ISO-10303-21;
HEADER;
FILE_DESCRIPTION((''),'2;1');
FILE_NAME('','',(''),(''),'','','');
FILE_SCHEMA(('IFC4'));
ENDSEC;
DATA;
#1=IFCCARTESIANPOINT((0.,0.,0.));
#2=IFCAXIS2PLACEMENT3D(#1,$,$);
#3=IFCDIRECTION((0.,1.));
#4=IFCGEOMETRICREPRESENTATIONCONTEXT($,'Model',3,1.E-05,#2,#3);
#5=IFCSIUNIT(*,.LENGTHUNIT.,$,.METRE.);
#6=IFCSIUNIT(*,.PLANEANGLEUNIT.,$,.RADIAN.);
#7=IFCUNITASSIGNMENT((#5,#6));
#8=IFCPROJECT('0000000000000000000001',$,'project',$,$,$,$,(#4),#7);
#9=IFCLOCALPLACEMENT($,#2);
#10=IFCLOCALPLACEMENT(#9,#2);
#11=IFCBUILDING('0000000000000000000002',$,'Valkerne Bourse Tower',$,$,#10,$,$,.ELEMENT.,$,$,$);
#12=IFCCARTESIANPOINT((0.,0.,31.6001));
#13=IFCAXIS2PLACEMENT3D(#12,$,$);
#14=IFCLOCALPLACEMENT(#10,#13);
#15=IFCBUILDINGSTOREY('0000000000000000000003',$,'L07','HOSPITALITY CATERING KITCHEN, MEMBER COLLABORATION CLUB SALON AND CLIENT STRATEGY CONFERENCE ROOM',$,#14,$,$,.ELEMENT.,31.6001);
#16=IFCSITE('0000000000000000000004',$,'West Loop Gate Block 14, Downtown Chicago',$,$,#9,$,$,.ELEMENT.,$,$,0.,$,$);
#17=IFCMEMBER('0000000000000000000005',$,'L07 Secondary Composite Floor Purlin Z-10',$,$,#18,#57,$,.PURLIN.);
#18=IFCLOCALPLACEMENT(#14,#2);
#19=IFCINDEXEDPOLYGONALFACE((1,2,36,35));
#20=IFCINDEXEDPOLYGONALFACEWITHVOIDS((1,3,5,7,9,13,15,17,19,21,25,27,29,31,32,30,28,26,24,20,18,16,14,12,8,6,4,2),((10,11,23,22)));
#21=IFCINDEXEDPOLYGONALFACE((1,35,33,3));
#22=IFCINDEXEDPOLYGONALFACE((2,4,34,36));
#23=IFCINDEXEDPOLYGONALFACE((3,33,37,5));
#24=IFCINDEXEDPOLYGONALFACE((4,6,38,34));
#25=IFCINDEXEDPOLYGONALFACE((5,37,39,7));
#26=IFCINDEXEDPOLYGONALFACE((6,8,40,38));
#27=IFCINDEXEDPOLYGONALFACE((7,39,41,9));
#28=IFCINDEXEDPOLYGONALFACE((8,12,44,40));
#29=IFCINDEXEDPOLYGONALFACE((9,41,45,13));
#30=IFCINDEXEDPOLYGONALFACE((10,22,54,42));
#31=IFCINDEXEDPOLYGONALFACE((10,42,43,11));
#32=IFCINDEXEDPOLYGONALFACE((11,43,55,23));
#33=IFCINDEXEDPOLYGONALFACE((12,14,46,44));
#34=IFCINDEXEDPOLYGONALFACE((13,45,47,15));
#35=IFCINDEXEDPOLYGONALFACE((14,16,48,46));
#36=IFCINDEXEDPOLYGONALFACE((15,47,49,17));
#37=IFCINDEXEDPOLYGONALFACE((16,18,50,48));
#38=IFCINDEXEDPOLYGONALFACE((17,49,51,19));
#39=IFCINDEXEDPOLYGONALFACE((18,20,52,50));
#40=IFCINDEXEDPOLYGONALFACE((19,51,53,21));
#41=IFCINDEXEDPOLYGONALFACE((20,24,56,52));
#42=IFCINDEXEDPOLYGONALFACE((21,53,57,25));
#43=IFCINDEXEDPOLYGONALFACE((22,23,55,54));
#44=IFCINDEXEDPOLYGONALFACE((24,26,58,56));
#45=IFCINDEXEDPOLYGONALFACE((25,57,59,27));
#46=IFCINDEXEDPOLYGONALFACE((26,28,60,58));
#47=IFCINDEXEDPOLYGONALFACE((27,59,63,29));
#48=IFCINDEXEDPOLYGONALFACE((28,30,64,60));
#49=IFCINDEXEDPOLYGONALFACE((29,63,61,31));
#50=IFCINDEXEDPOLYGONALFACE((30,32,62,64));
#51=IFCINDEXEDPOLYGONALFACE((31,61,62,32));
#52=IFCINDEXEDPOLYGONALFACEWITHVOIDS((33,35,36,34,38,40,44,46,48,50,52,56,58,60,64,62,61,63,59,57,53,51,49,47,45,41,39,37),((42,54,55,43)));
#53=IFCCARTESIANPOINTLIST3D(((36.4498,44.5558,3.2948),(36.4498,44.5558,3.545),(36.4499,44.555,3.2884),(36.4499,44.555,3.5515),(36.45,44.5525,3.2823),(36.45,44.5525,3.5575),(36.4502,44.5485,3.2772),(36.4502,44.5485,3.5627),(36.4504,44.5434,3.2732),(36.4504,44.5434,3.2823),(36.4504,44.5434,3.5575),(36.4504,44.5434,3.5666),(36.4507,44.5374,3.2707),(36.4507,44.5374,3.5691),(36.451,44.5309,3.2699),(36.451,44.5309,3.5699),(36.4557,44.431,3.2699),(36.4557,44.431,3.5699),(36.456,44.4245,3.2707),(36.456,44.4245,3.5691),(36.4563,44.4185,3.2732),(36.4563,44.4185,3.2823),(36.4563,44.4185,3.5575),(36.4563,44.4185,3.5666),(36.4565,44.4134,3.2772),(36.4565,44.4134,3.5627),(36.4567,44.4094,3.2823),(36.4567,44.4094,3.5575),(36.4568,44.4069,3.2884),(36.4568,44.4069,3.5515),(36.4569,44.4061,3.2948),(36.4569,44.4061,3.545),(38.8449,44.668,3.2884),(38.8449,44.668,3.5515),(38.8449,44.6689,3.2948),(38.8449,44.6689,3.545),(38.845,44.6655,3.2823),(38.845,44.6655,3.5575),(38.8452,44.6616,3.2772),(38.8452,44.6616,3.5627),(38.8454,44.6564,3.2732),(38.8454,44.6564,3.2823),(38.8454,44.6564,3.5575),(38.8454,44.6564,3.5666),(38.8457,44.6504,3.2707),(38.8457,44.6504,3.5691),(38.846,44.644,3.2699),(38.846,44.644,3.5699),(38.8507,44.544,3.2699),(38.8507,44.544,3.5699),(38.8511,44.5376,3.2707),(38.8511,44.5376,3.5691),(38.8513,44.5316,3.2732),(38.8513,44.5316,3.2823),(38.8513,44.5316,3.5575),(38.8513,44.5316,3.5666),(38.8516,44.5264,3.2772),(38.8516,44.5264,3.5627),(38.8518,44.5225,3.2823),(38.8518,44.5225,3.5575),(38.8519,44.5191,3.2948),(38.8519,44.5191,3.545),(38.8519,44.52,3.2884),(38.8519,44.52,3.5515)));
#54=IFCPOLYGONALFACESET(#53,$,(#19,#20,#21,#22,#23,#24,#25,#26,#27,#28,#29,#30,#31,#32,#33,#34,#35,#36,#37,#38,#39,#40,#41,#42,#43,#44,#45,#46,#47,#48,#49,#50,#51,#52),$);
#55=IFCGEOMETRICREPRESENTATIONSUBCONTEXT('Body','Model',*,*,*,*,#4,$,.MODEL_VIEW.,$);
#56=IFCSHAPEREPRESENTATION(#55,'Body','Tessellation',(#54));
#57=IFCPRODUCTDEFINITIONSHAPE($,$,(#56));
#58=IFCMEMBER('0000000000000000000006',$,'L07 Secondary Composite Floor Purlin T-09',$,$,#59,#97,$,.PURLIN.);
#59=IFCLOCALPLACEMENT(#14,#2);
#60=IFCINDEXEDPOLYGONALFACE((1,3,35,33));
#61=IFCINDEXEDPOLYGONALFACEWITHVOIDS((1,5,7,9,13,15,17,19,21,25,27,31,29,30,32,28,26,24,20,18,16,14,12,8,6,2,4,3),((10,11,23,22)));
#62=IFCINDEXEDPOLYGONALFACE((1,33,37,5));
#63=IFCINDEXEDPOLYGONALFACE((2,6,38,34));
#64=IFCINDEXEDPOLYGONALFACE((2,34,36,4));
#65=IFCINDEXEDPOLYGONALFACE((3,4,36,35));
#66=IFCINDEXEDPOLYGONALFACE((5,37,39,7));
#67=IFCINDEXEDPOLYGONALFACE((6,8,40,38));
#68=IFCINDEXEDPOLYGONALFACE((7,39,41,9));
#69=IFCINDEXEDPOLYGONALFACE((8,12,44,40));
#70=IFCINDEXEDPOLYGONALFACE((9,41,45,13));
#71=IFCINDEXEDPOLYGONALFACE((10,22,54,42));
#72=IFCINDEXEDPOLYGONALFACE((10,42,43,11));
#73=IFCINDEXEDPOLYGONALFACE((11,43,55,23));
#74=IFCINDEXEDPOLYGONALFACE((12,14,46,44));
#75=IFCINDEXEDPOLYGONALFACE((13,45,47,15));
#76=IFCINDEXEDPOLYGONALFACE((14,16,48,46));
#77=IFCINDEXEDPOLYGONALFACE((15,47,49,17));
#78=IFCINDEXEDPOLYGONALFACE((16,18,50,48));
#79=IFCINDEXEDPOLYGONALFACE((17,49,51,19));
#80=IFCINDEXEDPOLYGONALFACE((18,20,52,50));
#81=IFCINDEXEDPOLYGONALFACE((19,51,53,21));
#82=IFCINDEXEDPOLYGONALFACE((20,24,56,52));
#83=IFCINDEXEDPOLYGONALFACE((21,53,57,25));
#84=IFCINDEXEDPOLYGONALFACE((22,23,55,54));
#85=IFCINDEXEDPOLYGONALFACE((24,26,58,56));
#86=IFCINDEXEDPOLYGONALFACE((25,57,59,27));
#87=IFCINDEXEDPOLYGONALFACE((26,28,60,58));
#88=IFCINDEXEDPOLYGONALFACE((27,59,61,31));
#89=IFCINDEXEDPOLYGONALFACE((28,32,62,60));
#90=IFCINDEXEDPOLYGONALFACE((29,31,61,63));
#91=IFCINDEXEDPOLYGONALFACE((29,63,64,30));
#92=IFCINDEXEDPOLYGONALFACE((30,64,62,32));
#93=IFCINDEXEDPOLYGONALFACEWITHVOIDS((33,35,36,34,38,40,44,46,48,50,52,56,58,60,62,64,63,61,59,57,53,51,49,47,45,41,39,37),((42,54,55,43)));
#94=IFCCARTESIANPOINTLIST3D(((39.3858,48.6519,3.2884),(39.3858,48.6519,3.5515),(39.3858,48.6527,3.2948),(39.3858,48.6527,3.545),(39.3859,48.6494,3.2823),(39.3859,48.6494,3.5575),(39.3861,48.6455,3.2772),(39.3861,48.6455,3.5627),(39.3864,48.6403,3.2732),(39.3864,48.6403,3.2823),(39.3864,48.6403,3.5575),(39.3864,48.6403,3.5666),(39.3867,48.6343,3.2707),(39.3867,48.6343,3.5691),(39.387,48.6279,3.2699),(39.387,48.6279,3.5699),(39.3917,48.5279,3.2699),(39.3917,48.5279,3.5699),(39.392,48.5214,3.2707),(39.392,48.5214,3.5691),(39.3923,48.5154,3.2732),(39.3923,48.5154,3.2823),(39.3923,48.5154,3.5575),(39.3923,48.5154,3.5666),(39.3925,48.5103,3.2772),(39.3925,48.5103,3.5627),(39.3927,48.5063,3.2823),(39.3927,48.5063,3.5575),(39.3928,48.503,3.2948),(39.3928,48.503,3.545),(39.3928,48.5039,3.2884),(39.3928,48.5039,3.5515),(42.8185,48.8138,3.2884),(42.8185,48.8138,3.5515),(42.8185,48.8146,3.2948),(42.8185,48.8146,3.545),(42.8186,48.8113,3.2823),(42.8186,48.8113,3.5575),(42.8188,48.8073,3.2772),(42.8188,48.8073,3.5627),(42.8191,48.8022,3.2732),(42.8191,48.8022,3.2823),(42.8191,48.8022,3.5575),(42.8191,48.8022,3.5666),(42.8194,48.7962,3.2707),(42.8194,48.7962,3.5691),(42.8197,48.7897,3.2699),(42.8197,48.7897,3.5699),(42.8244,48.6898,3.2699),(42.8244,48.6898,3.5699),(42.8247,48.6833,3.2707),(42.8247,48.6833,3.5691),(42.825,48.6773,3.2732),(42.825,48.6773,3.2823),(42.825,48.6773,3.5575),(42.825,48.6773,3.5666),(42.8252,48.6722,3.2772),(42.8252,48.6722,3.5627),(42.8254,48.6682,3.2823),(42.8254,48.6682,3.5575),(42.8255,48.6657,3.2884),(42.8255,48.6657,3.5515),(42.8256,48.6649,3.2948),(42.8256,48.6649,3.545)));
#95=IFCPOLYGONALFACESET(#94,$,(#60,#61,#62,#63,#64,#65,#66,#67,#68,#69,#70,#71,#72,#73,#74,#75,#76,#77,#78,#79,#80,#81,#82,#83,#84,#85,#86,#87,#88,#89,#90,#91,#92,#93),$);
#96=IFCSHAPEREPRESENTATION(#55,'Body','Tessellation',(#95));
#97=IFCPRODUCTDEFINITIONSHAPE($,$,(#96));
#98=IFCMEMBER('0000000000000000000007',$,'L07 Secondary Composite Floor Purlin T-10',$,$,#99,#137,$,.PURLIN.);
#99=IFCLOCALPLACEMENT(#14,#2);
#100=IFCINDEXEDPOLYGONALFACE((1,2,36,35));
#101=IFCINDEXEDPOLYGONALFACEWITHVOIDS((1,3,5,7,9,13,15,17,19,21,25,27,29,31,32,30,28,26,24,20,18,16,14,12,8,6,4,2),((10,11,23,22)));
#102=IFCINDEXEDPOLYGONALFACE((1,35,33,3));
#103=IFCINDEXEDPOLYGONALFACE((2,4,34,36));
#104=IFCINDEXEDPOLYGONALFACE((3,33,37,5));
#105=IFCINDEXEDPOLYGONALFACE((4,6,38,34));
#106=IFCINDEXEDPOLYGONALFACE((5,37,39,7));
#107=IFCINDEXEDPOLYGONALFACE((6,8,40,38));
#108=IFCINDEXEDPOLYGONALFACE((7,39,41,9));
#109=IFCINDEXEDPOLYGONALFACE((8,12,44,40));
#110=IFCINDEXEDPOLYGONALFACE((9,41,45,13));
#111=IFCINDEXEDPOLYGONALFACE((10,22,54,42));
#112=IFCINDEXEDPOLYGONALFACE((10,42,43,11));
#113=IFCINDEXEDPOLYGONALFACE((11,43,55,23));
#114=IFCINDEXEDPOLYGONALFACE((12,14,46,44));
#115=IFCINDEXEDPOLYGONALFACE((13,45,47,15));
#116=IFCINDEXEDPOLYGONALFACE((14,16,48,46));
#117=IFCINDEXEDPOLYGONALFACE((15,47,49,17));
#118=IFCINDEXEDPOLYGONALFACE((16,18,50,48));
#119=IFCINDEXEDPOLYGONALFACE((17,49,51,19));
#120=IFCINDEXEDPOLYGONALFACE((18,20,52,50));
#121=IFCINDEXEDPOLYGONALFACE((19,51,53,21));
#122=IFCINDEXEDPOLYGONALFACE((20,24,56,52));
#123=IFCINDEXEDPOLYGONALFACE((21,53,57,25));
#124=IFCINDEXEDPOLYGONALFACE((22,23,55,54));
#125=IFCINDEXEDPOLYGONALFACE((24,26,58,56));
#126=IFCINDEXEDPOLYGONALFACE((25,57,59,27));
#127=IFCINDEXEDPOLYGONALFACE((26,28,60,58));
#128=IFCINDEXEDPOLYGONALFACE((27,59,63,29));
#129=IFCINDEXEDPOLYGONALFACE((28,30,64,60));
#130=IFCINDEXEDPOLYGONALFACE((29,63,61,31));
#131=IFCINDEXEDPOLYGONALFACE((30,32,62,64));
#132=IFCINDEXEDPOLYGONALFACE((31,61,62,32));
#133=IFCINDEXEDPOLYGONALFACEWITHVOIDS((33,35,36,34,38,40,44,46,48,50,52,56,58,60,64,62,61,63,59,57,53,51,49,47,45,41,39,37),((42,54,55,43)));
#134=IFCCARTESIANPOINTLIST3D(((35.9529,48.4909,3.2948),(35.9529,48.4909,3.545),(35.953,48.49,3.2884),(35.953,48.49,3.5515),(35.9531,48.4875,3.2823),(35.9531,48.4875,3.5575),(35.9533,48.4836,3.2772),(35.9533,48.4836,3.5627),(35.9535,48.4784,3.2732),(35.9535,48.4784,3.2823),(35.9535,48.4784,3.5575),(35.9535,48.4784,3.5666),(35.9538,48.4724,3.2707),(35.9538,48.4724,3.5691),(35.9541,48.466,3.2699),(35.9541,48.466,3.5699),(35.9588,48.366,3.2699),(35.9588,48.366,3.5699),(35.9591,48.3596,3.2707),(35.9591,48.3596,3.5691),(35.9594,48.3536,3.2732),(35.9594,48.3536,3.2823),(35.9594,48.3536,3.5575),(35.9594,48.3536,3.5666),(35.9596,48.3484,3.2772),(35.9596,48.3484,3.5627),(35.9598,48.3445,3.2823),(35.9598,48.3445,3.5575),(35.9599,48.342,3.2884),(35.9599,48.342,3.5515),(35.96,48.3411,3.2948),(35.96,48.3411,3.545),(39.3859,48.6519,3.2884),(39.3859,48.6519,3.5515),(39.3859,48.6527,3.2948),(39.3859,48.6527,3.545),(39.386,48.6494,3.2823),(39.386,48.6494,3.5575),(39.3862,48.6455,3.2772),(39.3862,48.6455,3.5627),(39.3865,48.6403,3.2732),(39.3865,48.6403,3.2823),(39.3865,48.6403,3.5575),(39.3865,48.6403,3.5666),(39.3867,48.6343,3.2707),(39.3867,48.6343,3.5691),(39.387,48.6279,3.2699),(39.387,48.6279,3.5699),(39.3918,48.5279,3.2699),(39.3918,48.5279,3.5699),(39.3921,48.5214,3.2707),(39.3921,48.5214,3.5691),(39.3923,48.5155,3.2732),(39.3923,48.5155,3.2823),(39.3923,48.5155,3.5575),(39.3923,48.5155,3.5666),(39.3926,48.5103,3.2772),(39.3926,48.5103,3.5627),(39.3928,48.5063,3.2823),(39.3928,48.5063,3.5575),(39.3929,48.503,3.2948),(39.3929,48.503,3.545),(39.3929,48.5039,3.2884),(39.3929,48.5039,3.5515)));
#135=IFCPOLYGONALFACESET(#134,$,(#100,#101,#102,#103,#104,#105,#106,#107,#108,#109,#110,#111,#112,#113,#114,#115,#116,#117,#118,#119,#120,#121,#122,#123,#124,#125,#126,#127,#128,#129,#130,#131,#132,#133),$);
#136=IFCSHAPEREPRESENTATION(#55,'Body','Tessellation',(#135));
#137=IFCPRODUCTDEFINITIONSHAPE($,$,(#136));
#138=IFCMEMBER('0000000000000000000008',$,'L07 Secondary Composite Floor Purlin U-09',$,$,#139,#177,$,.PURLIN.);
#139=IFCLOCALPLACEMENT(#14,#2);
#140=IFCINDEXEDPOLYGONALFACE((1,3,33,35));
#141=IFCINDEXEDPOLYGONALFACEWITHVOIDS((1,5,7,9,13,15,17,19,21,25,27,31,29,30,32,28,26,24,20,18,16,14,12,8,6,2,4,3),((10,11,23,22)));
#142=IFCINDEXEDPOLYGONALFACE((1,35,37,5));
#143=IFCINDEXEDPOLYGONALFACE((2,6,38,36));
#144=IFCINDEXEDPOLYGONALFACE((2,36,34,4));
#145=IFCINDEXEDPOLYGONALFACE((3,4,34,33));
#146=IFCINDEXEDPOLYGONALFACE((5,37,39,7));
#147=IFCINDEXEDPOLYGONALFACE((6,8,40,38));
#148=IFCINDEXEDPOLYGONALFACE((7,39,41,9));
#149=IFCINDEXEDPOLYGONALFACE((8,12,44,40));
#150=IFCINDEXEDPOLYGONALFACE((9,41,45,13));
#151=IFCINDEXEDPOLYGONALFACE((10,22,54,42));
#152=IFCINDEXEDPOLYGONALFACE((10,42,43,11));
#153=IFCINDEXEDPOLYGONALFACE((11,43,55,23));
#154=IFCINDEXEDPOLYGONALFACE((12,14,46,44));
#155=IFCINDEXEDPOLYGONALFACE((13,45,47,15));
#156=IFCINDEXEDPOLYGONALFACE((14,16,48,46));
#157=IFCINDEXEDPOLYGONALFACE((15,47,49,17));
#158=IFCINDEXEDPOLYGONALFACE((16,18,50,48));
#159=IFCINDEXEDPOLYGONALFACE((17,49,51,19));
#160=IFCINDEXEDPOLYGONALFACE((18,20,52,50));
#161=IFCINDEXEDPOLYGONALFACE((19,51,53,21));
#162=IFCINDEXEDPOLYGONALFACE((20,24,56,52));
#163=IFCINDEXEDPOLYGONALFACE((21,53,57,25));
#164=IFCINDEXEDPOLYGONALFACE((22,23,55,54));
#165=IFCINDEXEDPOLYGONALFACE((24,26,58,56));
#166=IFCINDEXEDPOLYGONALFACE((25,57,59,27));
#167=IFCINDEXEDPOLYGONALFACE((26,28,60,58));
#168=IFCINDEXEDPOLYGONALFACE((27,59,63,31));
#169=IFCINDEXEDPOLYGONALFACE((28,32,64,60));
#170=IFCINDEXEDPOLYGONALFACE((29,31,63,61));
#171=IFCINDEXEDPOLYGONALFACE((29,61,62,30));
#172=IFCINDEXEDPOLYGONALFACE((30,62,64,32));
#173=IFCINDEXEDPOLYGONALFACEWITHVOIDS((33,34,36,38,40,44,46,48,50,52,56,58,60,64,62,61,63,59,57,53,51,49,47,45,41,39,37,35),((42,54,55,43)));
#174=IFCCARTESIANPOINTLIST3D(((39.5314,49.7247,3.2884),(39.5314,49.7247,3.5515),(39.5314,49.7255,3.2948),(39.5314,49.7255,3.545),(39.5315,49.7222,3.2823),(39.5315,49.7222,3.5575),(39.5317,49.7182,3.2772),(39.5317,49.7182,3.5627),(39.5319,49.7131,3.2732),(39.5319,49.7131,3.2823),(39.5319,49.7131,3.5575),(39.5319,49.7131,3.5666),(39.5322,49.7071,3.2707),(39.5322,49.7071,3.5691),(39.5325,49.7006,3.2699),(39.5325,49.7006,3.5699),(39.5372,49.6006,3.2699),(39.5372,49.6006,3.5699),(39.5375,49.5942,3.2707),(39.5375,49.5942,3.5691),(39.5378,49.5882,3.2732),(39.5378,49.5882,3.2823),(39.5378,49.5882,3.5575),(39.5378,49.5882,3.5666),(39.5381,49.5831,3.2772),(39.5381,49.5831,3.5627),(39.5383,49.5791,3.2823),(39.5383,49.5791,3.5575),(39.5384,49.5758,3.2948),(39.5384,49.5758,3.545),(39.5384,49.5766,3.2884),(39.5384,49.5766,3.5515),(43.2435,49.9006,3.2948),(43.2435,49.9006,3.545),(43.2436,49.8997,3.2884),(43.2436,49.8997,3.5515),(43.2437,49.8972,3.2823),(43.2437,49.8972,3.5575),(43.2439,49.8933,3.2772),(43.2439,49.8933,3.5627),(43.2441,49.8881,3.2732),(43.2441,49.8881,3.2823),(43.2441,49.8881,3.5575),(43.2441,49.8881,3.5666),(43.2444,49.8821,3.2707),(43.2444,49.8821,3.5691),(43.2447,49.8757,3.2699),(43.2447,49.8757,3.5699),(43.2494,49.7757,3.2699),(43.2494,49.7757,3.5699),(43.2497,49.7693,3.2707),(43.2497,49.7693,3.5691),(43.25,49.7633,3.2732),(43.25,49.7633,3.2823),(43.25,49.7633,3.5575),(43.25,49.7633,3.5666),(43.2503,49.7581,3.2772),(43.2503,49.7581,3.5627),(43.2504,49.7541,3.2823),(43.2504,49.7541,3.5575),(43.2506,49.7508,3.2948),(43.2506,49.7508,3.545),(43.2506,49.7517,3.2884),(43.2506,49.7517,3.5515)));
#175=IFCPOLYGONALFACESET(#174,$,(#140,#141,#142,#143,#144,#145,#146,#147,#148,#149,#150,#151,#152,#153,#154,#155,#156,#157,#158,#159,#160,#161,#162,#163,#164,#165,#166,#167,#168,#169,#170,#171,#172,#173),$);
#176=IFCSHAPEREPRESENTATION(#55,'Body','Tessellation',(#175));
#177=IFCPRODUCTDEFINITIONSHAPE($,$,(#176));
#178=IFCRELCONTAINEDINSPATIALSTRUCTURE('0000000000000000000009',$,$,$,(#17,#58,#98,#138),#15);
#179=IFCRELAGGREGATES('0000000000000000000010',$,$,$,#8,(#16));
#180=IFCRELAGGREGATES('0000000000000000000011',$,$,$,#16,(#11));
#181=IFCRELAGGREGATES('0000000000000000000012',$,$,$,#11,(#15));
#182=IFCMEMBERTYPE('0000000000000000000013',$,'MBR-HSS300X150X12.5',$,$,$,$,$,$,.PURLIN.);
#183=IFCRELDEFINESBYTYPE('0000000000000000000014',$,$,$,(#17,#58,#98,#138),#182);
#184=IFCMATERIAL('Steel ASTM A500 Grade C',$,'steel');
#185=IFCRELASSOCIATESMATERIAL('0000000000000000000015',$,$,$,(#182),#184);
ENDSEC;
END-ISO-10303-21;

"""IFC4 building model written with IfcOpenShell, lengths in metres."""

from ifc_helpers import new_model, si_unit, direction, frame, origin, origin_2d, place, context, subcontext, project, spatial, hollow_rectangle, extrude, material, material_profile, profile_set, type_object, element, save


model = new_model("IFC4")

# Units and contexts
model_context = context("Model", 3, precision=1e-05, world=origin(), true_north=direction((0.0, 1.0)))
body_context = subcontext(model_context, "Body", "Model", "MODEL_VIEW")
ifc_project = project(units=[si_unit("LENGTHUNIT", "METRE"), si_unit("PLANEANGLEUNIT", "RADIAN")], contexts=[model_context])

# Site, building, storey
site_placement = place(None, origin())
site = spatial("IfcSite", under=ifc_project, at=site_placement, Name="West Loop Gate Block 14, Downtown Chicago", CompositionType="ELEMENT", RefElevation=0.0)
building_placement = place(site_placement, origin())
building = spatial("IfcBuilding", under=site, at=building_placement, Name="Valkerne Bourse Tower", CompositionType="ELEMENT")
storey_placement = place(building_placement, frame((0.0, 0.0, 31.6001)))
storey = spatial("IfcBuildingStorey", under=building, at=storey_placement, Name="L07", Description="HOSPITALITY CATERING KITCHEN, MEMBER COLLABORATION CLUB SALON AND CLIENT STRATEGY CONFERENCE ROOM", CompositionType="ELEMENT", Elevation=31.6001)

# Members
ifc_material_1 = material(Name="Steel ASTM A500 Grade C", Category="steel")
ifc_material_profile_1 = material_profile(ifc_material_1, hollow_rectangle(XDim=0.1499, YDim=0.3, WallThickness=0.0125, OuterFilletRadius=0.0249, at=origin_2d()), Name="HSS300X150X12.5")
ifc_profile_set_1 = profile_set([ifc_material_profile_1], Name="Steel ASTM A500 Grade C")
member_type_1 = type_object("IfcMemberType", Name="MBR-HSS300X150X12.5", PredefinedType="PURLIN", material=ifc_profile_set_1)
for number, where, z_axis, x_axis, name in (
    (1, (38.8484, 44.594, 3.4199), (-0.998888, -0.047144, 0.0), (0.047144, -0.998888, 0.0), "L07 Secondary Composite Floor Purlin Z-10"),
):
    element("IfcMember", number, at=place(storey_placement, frame(where, z_axis=z_axis, x_axis=x_axis)), inside=storey, type_object=member_type_1, Name=name, PredefinedType="PURLIN", context=body_context, shape_type="SweptSolid", body=[
        extrude(hollow_rectangle(XDim=0.1499, YDim=0.3, WallThickness=0.0125, OuterFilletRadius=0.0249, at=origin_2d()), origin(), (0.0, 0.0, 1.0), 2.3977),
    ])
member_1_placement = place(storey_placement, frame((42.822, 48.7397, 3.4199), z_axis=(-0.99889, -0.047103, 0.0), x_axis=(0.047103, -0.99889, 0.0)))
element("IfcMember", 2, at=member_1_placement, inside=storey, type_object=member_type_1, Name="L07 Secondary Composite Floor Purlin T-09", PredefinedType="PURLIN", context=body_context, shape_type="SweptSolid", body=[
    extrude(hollow_rectangle(XDim=0.1499, YDim=0.3, WallThickness=0.0125, OuterFilletRadius=0.0249, at=origin_2d()), origin(), (0.0, 0.0, 1.0), 3.4365),
])
member_2_placement = place(storey_placement, frame((39.3894, 48.5779, 3.4199), z_axis=(-0.99889, -0.047099, 0.0), x_axis=(0.047099, -0.99889, 0.0)))
element("IfcMember", 3, at=member_2_placement, inside=storey, type_object=member_type_1, Name="L07 Secondary Composite Floor Purlin T-10", PredefinedType="PURLIN", context=body_context, shape_type="SweptSolid", body=[
    extrude(hollow_rectangle(XDim=0.1499, YDim=0.3, WallThickness=0.0125, OuterFilletRadius=0.0249, at=origin_2d()), origin(), (0.0, 0.0, 1.0), 3.4368),
])
for number, where, z_axis, x_axis, name in (
    (4, (43.2471, 49.8257, 3.4199), (-0.99889, -0.047103, 0.0), (0.047103, -0.99889, 0.0), "L07 Secondary Composite Floor Purlin U-09"),
):
    element("IfcMember", number, at=place(storey_placement, frame(where, z_axis=z_axis, x_axis=x_axis)), inside=storey, type_object=member_type_1, Name=name, PredefinedType="PURLIN", context=body_context, shape_type="SweptSolid", body=[
        extrude(hollow_rectangle(XDim=0.1499, YDim=0.3, WallThickness=0.0125, OuterFilletRadius=0.0249, at=origin_2d()), origin(), (0.0, 0.0, 1.0), 3.7163),
    ])

save(model, "model.ifc")
